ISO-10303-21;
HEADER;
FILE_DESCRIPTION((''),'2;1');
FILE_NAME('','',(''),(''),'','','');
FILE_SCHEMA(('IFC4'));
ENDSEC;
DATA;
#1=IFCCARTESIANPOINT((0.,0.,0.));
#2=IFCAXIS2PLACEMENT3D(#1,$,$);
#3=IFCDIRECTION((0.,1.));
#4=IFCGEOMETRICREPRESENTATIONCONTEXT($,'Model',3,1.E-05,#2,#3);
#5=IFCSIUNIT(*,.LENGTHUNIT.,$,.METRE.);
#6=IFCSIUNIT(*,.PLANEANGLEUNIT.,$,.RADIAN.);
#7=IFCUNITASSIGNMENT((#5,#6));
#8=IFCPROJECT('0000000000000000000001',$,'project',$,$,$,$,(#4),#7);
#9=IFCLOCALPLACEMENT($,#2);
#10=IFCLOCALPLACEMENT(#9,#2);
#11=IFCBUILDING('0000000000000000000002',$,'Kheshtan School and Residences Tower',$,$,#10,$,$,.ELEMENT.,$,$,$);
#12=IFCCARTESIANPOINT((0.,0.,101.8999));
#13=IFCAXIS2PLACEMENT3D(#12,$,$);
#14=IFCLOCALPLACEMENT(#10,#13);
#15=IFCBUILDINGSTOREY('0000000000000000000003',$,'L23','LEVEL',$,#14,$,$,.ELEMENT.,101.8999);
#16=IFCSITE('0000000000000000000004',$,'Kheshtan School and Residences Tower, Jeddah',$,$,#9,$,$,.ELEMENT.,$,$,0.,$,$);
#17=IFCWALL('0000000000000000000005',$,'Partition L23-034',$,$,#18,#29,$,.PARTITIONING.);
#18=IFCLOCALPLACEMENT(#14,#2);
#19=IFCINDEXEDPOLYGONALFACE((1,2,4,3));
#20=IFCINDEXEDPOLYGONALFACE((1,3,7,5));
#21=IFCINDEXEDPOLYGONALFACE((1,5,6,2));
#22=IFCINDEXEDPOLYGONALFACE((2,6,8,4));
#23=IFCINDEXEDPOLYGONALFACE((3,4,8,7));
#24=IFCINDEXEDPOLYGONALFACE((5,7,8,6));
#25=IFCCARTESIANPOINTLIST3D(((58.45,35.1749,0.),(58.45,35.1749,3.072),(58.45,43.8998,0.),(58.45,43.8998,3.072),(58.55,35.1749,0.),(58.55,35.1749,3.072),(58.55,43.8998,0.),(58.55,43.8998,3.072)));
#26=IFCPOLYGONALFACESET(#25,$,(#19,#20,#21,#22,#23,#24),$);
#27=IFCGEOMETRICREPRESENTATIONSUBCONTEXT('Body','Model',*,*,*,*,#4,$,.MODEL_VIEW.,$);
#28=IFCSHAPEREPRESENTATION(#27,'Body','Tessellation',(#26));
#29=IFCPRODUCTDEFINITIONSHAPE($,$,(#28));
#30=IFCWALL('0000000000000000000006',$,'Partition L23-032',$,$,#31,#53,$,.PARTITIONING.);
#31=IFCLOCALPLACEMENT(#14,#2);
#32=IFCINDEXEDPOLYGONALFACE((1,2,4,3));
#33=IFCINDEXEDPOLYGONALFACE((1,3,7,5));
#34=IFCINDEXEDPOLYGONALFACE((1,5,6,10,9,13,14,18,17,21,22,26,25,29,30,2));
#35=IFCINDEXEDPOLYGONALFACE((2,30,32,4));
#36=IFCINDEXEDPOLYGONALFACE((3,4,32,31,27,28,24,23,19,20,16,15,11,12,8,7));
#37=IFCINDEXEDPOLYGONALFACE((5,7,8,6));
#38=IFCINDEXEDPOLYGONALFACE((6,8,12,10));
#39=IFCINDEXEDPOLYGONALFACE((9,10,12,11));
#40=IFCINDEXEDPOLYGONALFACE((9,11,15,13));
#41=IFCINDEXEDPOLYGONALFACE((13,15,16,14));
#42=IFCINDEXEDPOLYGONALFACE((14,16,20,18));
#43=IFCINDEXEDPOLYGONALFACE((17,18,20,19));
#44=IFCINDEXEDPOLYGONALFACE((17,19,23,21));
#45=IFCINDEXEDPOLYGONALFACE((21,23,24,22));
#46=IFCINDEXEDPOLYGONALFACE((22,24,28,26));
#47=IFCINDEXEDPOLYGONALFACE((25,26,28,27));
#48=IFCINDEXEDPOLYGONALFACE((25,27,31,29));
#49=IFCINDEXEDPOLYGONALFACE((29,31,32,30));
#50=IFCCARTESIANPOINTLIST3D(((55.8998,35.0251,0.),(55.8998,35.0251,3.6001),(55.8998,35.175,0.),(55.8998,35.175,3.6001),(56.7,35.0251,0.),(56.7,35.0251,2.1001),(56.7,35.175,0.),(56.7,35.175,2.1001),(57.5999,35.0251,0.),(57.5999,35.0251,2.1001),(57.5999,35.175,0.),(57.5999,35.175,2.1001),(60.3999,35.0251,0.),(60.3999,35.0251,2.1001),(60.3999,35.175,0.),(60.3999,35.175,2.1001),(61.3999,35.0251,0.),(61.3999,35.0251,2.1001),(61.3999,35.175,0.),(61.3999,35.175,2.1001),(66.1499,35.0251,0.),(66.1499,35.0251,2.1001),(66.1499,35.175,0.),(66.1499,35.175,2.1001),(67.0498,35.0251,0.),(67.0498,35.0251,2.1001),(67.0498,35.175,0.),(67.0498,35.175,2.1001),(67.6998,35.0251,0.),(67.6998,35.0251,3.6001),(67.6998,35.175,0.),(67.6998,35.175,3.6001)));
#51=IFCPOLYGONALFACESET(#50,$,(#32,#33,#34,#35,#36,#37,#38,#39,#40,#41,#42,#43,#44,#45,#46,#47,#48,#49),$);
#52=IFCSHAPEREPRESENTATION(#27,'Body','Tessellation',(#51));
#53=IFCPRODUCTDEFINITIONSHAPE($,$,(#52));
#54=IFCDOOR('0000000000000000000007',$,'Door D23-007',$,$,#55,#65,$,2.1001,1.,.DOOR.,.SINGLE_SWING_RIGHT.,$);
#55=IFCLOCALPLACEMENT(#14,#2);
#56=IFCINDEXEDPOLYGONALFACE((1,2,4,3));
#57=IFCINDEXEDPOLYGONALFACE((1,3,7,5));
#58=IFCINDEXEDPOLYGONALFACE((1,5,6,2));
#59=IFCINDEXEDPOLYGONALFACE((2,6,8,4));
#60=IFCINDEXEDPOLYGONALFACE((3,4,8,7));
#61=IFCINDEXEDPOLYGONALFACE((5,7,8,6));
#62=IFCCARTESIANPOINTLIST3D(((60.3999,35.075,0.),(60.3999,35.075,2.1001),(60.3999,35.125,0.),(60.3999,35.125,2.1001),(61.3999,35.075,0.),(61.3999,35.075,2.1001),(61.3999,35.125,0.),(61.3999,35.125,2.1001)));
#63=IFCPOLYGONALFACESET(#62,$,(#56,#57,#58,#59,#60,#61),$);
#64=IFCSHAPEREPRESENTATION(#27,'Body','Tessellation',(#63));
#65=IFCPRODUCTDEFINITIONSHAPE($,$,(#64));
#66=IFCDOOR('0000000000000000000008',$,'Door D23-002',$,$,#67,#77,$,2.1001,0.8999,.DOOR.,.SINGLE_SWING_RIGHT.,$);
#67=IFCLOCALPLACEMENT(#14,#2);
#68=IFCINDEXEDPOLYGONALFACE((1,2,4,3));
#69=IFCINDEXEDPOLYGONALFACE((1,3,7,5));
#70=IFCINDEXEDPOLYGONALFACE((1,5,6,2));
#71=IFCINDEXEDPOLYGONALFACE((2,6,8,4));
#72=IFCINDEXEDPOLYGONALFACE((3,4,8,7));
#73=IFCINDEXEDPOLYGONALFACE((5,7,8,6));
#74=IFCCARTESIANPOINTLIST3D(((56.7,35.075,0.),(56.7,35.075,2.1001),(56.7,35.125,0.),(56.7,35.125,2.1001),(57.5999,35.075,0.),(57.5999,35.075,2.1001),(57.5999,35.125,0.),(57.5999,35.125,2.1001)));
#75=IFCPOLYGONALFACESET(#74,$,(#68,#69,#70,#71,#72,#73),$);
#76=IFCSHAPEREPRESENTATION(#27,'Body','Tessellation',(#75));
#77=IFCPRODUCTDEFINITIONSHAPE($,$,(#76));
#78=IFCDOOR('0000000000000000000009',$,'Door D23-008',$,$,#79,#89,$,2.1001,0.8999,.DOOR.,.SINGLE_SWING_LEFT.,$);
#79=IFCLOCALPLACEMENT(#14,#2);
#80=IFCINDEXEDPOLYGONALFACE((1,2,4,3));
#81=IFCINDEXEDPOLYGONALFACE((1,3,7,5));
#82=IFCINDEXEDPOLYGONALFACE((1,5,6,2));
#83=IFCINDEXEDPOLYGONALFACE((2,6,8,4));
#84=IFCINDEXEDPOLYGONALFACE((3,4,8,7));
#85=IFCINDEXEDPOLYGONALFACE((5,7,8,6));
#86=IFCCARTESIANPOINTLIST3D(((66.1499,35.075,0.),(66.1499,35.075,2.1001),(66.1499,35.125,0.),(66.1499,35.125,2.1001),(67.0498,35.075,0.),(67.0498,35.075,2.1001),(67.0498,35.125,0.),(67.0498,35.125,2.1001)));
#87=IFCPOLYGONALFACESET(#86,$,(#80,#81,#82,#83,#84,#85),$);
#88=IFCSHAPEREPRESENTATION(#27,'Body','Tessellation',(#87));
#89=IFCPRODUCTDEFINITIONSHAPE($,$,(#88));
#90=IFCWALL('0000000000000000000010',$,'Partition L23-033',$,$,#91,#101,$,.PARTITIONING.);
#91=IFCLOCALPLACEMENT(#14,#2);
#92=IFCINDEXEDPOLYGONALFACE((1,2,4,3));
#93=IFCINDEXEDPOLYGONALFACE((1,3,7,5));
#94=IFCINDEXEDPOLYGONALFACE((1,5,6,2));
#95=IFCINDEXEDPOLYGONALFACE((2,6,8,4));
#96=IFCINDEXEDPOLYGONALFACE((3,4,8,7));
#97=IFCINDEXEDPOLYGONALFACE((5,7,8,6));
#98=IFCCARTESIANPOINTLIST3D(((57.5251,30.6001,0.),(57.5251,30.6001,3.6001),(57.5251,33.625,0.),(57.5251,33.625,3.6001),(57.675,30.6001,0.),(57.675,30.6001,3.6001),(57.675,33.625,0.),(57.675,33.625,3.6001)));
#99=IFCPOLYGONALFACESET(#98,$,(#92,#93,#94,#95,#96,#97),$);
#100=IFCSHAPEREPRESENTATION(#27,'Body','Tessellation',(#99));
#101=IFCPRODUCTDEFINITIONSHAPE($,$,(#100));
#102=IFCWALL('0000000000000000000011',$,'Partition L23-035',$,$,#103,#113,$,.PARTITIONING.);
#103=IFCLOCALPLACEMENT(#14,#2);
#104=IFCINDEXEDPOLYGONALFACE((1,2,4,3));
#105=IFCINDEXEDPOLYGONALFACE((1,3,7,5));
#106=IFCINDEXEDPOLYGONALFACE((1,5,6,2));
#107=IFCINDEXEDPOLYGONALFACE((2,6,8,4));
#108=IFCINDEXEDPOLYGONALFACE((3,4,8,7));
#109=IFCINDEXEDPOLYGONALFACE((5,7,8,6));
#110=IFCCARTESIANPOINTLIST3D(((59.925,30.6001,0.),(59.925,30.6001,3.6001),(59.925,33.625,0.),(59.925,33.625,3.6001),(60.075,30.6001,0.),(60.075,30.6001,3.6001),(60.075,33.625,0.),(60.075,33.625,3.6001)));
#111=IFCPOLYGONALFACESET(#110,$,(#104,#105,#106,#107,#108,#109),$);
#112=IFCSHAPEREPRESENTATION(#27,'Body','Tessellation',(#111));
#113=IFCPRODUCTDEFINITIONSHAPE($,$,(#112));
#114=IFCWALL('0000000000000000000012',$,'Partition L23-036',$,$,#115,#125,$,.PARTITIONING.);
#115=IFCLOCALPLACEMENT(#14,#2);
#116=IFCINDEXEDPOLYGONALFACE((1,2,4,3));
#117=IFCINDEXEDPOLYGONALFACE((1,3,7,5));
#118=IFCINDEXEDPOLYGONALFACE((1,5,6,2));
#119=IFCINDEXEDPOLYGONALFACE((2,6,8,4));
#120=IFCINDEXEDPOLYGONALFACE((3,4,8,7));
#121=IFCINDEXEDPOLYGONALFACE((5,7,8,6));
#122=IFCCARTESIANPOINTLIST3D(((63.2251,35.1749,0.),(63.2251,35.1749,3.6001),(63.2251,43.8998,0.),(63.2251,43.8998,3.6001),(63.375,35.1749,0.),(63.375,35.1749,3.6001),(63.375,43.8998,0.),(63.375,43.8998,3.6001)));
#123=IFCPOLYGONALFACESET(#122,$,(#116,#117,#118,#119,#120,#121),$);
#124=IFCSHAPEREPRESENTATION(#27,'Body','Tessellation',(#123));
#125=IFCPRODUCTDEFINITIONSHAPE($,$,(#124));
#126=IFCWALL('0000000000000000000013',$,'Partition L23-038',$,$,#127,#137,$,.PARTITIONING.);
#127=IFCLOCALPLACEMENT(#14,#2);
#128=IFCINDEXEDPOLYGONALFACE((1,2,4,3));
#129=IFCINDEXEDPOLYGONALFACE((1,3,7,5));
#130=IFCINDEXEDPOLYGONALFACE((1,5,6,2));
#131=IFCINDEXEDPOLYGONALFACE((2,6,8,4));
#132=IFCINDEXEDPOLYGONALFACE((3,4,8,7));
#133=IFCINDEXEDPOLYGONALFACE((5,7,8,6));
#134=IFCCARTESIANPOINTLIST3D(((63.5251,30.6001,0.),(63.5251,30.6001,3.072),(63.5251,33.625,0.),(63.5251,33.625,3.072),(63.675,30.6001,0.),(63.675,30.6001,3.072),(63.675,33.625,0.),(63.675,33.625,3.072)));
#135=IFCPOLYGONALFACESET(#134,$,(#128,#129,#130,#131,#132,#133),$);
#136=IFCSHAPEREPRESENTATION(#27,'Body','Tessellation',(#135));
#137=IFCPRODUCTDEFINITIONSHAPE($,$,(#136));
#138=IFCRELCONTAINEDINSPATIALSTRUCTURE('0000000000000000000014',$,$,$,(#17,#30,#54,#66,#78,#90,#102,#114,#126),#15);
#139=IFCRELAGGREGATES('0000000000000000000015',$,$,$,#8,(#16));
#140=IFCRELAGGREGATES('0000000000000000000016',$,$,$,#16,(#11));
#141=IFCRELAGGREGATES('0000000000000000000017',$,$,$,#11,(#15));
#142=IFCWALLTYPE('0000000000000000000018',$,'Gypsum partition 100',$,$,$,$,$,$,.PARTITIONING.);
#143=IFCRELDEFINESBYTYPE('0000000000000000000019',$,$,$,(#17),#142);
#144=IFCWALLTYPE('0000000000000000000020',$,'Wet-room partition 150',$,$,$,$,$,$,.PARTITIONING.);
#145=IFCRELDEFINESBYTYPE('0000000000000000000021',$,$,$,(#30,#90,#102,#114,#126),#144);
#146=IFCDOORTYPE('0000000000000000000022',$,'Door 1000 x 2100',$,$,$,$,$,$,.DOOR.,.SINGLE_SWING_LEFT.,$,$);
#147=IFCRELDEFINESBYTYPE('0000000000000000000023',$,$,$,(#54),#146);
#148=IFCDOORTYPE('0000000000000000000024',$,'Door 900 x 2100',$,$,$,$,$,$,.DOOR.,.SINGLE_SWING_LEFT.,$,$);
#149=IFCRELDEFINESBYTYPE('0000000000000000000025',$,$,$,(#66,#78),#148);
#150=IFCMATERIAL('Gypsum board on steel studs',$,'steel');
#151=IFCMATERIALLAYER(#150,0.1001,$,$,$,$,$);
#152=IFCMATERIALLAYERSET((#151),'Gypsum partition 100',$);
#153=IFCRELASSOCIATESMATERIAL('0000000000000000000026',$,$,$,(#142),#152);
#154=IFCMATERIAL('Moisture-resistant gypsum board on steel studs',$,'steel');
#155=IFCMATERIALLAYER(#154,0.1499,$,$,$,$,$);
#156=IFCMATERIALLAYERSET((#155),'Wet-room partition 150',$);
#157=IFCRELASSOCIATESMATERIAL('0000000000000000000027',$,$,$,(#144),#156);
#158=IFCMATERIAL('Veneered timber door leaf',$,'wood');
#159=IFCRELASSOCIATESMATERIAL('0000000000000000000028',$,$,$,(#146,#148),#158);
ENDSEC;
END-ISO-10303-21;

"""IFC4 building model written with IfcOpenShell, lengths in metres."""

from ifc_helpers import new_model, si_unit, direction, frame, frame_2d, origin, place, context, subcontext, project, spatial, rectangle, extrude, source, transform, mapped, material, layer, layer_set, type_object, element, fill, save


model = new_model("IFC4")

# Units and contexts
model_context = context("Model", 3, precision=1e-05, world=origin(), true_north=direction((0.0, 1.0)))
body_context = subcontext(model_context, "Body", "Model", "MODEL_VIEW")
ifc_project = project(units=[si_unit("LENGTHUNIT", "METRE"), si_unit("PLANEANGLEUNIT", "RADIAN")], contexts=[model_context])

# Site, building, storey
site_placement = place(None, origin())
site = spatial("IfcSite", under=ifc_project, at=site_placement, Name="Kheshtan School and Residences Tower, Jeddah", CompositionType="ELEMENT", RefElevation=0.0)
building_placement = place(site_placement, origin())
building = spatial("IfcBuilding", under=site, at=building_placement, Name="Kheshtan School and Residences Tower", CompositionType="ELEMENT")
storey_placement = place(building_placement, frame((0.0, 0.0, 101.8999)))
storey = spatial("IfcBuildingStorey", under=building, at=storey_placement, Name="L23", Description="LEVEL", CompositionType="ELEMENT", Elevation=101.8999)

# Wall
ifc_material_1 = material(Name="Gypsum board on steel studs", Category="steel")
ifc_layer_1 = layer(ifc_material_1, 0.1001)
ifc_layer_set_1 = layer_set([ifc_layer_1], Name="Gypsum partition 100")
wall_type_1 = type_object("IfcWallType", Name="Gypsum partition 100", PredefinedType="PARTITIONING", material=ifc_layer_set_1)
wall_1_placement = place(storey_placement, frame((58.5, 35.175, 0.0), z_axis=(0.0, 0.0, 1.0), x_axis=(0.0, 1.0, 0.0)))
element("IfcWall", 1, at=wall_1_placement, inside=storey, type_object=wall_type_1, Name="Partition L23-034", PredefinedType="PARTITIONING", context=body_context, shape_type="SweptSolid", body=[
    extrude(rectangle(XDim=8.7249, YDim=0.1001, at=frame_2d((4.3623, 0.0))), origin(), (0.0, 0.0, 1.0), 3.072),
])

# Wall, openings, doors
ifc_material_2 = material(Name="Moisture-resistant gypsum board on steel studs", Category="steel")
ifc_layer_2 = layer(ifc_material_2, 0.1499)
ifc_layer_set_2 = layer_set([ifc_layer_2], Name="Wet-room partition 150")
wall_type_2 = type_object("IfcWallType", Name="Wet-room partition 150", PredefinedType="PARTITIONING", material=ifc_layer_set_2)
wall_2_placement = place(storey_placement, frame((55.8999, 35.1001, 0.0), z_axis=(0.0, 0.0, 1.0), x_axis=(1.0, 0.0, 0.0)))
wall_2 = element("IfcWall", 2, at=wall_2_placement, inside=storey, type_object=wall_type_2, Name="Partition L23-032", PredefinedType="PARTITIONING", context=body_context, shape_type="SweptSolid", body=[
    extrude(rectangle(XDim=11.8, YDim=0.1499, at=frame_2d((5.8999, 0.0))), origin(), (0.0, 0.0, 1.0), 3.6001),
])
opening_1_placement = place(wall_2_placement, frame((0.8, 0.0, 0.0)))
opening_1 = element("IfcOpeningElement", 3, at=opening_1_placement, cuts=wall_2, PredefinedType="OPENING", context=body_context, shape_type="SweptSolid", body=[
    extrude(rectangle(XDim=0.8999, YDim=2.1001, at=frame_2d((0.45, 1.05))), frame((0.0, 0.085, 0.0), z_axis=(0.0, -1.0, 0.0), x_axis=(1.0, 0.0, 0.0)), (0.0, 0.0, 1.0), 0.1699),
])
opening_2_placement = place(wall_2_placement, frame((4.5, 0.0, 0.0)))
opening_2 = element("IfcOpeningElement", 4, at=opening_2_placement, cuts=wall_2, PredefinedType="OPENING", context=body_context, shape_type="SweptSolid", body=[
    extrude(rectangle(XDim=1.0, YDim=2.1001, at=frame_2d((0.5, 1.05))), frame((0.0, 0.085, 0.0), z_axis=(0.0, -1.0, 0.0), x_axis=(1.0, 0.0, 0.0)), (0.0, 0.0, 1.0), 0.1699),
])
opening_3_placement = place(wall_2_placement, frame((10.25, 0.0, 0.0)))
opening_3 = element("IfcOpeningElement", 5, at=opening_3_placement, cuts=wall_2, PredefinedType="OPENING", context=body_context, shape_type="SweptSolid", body=[
    extrude(rectangle(XDim=0.8999, YDim=2.1001, at=frame_2d((0.45, 1.05))), frame((0.0, 0.085, 0.0), z_axis=(0.0, -1.0, 0.0), x_axis=(1.0, 0.0, 0.0)), (0.0, 0.0, 1.0), 0.1699),
])
ifc_material_3 = material(Name="Veneered timber door leaf", Category="wood")
door_type_1 = type_object("IfcDoorType", Name="Door 1000 x 2100", OperationType="SINGLE_SWING_LEFT", PredefinedType="DOOR", material=ifc_material_3)
shared_shape_1 = source(origin(), body_context, "Body", "SweptSolid", [
    extrude(rectangle(XDim=1.0, YDim=2.1001, at=frame_2d((0.5, 1.05))), frame((0.0, 0.0249, 0.0), z_axis=(0.0, -1.0, 0.0), x_axis=(1.0, 0.0, 0.0)), (0.0, 0.0, 1.0), 0.05),
])
door_1_placement = place(opening_2_placement, origin())
door_1 = element("IfcDoor", 6, at=door_1_placement, inside=storey, type_object=door_type_1, Name="Door D23-007", OperationType="SINGLE_SWING_RIGHT", OverallHeight=2.1001, OverallWidth=1.0, PredefinedType="DOOR", context=body_context, shape_type="MappedRepresentation", body=[
    mapped(shared_shape_1, transform((0.0, 0.0, 0.0), x_axis=(1.0, 0.0, 0.0), y_axis=(0.0, 1.0, 0.0), z_axis=(0.0, 0.0, 1.0), scale=1.0)),
])
fill(opening_2, door_1)
door_type_2 = type_object("IfcDoorType", Name="Door 900 x 2100", OperationType="SINGLE_SWING_LEFT", PredefinedType="DOOR", material=ifc_material_3)
shared_shape_2 = source(origin(), body_context, "Body", "SweptSolid", [
    extrude(rectangle(XDim=0.8999, YDim=2.1001, at=frame_2d((0.45, 1.05))), frame((0.0, 0.0249, 0.0), z_axis=(0.0, -1.0, 0.0), x_axis=(1.0, 0.0, 0.0)), (0.0, 0.0, 1.0), 0.05),
])
door_2_placement = place(opening_1_placement, origin())
door_2 = element("IfcDoor", 7, at=door_2_placement, inside=storey, type_object=door_type_2, Name="Door D23-002", OperationType="SINGLE_SWING_RIGHT", OverallHeight=2.1001, OverallWidth=0.8999, PredefinedType="DOOR", context=body_context, shape_type="MappedRepresentation", body=[
    mapped(shared_shape_2, transform((0.0, 0.0, 0.0), x_axis=(1.0, 0.0, 0.0), y_axis=(0.0, 1.0, 0.0), z_axis=(0.0, 0.0, 1.0), scale=1.0)),
])
fill(opening_1, door_2)
door_3_placement = place(opening_3_placement, origin())
door_3 = element("IfcDoor", 8, at=door_3_placement, inside=storey, type_object=door_type_2, Name="Door D23-008", OperationType="SINGLE_SWING_LEFT", OverallHeight=2.1001, OverallWidth=0.8999, PredefinedType="DOOR", context=body_context, shape_type="MappedRepresentation", body=[
    mapped(shared_shape_2, transform((0.0, 0.0, 0.0), x_axis=(1.0, 0.0, 0.0), y_axis=(0.0, 1.0, 0.0), z_axis=(0.0, 0.0, 1.0), scale=1.0)),
])
fill(opening_3, door_3)

# Walls
for number, where, z_axis, x_axis, name in (
    (9, (57.6001, 30.6001, 0.0), (0.0, 0.0, 1.0), (0.0, 1.0, 0.0), "Partition L23-033"),
    (10, (60.0, 30.6001, 0.0), (0.0, 0.0, 1.0), (0.0, 1.0, 0.0), "Partition L23-035"),
):
    element("IfcWall", number, at=place(storey_placement, frame(where, z_axis=z_axis, x_axis=x_axis)), inside=storey, type_object=wall_type_2, Name=name, PredefinedType="PARTITIONING", context=body_context, shape_type="SweptSolid", body=[
        extrude(rectangle(XDim=3.0249, YDim=0.1499, at=frame_2d((1.5125, 0.0))), origin(), (0.0, 0.0, 1.0), 3.6001),
    ])
wall_3_placement = place(storey_placement, frame((63.3, 35.175, 0.0), z_axis=(0.0, 0.0, 1.0), x_axis=(0.0, 1.0, 0.0)))
element("IfcWall", 11, at=wall_3_placement, inside=storey, type_object=wall_type_2, Name="Partition L23-036", PredefinedType="PARTITIONING", context=body_context, shape_type="SweptSolid", body=[
    extrude(rectangle(XDim=8.7249, YDim=0.1499, at=frame_2d((4.3623, 0.0))), origin(), (0.0, 0.0, 1.0), 3.6001),
])
wall_4_placement = place(storey_placement, frame((63.6001, 30.6001, 0.0), z_axis=(0.0, 0.0, 1.0), x_axis=(0.0, 1.0, 0.0)))
element("IfcWall", 12, at=wall_4_placement, inside=storey, type_object=wall_type_2, Name="Partition L23-038", PredefinedType="PARTITIONING", context=body_context, shape_type="SweptSolid", body=[
    extrude(rectangle(XDim=3.0249, YDim=0.1499, at=frame_2d((1.5125, 0.0))), origin(), (0.0, 0.0, 1.0), 3.072),
])

save(model, "model.ifc")
